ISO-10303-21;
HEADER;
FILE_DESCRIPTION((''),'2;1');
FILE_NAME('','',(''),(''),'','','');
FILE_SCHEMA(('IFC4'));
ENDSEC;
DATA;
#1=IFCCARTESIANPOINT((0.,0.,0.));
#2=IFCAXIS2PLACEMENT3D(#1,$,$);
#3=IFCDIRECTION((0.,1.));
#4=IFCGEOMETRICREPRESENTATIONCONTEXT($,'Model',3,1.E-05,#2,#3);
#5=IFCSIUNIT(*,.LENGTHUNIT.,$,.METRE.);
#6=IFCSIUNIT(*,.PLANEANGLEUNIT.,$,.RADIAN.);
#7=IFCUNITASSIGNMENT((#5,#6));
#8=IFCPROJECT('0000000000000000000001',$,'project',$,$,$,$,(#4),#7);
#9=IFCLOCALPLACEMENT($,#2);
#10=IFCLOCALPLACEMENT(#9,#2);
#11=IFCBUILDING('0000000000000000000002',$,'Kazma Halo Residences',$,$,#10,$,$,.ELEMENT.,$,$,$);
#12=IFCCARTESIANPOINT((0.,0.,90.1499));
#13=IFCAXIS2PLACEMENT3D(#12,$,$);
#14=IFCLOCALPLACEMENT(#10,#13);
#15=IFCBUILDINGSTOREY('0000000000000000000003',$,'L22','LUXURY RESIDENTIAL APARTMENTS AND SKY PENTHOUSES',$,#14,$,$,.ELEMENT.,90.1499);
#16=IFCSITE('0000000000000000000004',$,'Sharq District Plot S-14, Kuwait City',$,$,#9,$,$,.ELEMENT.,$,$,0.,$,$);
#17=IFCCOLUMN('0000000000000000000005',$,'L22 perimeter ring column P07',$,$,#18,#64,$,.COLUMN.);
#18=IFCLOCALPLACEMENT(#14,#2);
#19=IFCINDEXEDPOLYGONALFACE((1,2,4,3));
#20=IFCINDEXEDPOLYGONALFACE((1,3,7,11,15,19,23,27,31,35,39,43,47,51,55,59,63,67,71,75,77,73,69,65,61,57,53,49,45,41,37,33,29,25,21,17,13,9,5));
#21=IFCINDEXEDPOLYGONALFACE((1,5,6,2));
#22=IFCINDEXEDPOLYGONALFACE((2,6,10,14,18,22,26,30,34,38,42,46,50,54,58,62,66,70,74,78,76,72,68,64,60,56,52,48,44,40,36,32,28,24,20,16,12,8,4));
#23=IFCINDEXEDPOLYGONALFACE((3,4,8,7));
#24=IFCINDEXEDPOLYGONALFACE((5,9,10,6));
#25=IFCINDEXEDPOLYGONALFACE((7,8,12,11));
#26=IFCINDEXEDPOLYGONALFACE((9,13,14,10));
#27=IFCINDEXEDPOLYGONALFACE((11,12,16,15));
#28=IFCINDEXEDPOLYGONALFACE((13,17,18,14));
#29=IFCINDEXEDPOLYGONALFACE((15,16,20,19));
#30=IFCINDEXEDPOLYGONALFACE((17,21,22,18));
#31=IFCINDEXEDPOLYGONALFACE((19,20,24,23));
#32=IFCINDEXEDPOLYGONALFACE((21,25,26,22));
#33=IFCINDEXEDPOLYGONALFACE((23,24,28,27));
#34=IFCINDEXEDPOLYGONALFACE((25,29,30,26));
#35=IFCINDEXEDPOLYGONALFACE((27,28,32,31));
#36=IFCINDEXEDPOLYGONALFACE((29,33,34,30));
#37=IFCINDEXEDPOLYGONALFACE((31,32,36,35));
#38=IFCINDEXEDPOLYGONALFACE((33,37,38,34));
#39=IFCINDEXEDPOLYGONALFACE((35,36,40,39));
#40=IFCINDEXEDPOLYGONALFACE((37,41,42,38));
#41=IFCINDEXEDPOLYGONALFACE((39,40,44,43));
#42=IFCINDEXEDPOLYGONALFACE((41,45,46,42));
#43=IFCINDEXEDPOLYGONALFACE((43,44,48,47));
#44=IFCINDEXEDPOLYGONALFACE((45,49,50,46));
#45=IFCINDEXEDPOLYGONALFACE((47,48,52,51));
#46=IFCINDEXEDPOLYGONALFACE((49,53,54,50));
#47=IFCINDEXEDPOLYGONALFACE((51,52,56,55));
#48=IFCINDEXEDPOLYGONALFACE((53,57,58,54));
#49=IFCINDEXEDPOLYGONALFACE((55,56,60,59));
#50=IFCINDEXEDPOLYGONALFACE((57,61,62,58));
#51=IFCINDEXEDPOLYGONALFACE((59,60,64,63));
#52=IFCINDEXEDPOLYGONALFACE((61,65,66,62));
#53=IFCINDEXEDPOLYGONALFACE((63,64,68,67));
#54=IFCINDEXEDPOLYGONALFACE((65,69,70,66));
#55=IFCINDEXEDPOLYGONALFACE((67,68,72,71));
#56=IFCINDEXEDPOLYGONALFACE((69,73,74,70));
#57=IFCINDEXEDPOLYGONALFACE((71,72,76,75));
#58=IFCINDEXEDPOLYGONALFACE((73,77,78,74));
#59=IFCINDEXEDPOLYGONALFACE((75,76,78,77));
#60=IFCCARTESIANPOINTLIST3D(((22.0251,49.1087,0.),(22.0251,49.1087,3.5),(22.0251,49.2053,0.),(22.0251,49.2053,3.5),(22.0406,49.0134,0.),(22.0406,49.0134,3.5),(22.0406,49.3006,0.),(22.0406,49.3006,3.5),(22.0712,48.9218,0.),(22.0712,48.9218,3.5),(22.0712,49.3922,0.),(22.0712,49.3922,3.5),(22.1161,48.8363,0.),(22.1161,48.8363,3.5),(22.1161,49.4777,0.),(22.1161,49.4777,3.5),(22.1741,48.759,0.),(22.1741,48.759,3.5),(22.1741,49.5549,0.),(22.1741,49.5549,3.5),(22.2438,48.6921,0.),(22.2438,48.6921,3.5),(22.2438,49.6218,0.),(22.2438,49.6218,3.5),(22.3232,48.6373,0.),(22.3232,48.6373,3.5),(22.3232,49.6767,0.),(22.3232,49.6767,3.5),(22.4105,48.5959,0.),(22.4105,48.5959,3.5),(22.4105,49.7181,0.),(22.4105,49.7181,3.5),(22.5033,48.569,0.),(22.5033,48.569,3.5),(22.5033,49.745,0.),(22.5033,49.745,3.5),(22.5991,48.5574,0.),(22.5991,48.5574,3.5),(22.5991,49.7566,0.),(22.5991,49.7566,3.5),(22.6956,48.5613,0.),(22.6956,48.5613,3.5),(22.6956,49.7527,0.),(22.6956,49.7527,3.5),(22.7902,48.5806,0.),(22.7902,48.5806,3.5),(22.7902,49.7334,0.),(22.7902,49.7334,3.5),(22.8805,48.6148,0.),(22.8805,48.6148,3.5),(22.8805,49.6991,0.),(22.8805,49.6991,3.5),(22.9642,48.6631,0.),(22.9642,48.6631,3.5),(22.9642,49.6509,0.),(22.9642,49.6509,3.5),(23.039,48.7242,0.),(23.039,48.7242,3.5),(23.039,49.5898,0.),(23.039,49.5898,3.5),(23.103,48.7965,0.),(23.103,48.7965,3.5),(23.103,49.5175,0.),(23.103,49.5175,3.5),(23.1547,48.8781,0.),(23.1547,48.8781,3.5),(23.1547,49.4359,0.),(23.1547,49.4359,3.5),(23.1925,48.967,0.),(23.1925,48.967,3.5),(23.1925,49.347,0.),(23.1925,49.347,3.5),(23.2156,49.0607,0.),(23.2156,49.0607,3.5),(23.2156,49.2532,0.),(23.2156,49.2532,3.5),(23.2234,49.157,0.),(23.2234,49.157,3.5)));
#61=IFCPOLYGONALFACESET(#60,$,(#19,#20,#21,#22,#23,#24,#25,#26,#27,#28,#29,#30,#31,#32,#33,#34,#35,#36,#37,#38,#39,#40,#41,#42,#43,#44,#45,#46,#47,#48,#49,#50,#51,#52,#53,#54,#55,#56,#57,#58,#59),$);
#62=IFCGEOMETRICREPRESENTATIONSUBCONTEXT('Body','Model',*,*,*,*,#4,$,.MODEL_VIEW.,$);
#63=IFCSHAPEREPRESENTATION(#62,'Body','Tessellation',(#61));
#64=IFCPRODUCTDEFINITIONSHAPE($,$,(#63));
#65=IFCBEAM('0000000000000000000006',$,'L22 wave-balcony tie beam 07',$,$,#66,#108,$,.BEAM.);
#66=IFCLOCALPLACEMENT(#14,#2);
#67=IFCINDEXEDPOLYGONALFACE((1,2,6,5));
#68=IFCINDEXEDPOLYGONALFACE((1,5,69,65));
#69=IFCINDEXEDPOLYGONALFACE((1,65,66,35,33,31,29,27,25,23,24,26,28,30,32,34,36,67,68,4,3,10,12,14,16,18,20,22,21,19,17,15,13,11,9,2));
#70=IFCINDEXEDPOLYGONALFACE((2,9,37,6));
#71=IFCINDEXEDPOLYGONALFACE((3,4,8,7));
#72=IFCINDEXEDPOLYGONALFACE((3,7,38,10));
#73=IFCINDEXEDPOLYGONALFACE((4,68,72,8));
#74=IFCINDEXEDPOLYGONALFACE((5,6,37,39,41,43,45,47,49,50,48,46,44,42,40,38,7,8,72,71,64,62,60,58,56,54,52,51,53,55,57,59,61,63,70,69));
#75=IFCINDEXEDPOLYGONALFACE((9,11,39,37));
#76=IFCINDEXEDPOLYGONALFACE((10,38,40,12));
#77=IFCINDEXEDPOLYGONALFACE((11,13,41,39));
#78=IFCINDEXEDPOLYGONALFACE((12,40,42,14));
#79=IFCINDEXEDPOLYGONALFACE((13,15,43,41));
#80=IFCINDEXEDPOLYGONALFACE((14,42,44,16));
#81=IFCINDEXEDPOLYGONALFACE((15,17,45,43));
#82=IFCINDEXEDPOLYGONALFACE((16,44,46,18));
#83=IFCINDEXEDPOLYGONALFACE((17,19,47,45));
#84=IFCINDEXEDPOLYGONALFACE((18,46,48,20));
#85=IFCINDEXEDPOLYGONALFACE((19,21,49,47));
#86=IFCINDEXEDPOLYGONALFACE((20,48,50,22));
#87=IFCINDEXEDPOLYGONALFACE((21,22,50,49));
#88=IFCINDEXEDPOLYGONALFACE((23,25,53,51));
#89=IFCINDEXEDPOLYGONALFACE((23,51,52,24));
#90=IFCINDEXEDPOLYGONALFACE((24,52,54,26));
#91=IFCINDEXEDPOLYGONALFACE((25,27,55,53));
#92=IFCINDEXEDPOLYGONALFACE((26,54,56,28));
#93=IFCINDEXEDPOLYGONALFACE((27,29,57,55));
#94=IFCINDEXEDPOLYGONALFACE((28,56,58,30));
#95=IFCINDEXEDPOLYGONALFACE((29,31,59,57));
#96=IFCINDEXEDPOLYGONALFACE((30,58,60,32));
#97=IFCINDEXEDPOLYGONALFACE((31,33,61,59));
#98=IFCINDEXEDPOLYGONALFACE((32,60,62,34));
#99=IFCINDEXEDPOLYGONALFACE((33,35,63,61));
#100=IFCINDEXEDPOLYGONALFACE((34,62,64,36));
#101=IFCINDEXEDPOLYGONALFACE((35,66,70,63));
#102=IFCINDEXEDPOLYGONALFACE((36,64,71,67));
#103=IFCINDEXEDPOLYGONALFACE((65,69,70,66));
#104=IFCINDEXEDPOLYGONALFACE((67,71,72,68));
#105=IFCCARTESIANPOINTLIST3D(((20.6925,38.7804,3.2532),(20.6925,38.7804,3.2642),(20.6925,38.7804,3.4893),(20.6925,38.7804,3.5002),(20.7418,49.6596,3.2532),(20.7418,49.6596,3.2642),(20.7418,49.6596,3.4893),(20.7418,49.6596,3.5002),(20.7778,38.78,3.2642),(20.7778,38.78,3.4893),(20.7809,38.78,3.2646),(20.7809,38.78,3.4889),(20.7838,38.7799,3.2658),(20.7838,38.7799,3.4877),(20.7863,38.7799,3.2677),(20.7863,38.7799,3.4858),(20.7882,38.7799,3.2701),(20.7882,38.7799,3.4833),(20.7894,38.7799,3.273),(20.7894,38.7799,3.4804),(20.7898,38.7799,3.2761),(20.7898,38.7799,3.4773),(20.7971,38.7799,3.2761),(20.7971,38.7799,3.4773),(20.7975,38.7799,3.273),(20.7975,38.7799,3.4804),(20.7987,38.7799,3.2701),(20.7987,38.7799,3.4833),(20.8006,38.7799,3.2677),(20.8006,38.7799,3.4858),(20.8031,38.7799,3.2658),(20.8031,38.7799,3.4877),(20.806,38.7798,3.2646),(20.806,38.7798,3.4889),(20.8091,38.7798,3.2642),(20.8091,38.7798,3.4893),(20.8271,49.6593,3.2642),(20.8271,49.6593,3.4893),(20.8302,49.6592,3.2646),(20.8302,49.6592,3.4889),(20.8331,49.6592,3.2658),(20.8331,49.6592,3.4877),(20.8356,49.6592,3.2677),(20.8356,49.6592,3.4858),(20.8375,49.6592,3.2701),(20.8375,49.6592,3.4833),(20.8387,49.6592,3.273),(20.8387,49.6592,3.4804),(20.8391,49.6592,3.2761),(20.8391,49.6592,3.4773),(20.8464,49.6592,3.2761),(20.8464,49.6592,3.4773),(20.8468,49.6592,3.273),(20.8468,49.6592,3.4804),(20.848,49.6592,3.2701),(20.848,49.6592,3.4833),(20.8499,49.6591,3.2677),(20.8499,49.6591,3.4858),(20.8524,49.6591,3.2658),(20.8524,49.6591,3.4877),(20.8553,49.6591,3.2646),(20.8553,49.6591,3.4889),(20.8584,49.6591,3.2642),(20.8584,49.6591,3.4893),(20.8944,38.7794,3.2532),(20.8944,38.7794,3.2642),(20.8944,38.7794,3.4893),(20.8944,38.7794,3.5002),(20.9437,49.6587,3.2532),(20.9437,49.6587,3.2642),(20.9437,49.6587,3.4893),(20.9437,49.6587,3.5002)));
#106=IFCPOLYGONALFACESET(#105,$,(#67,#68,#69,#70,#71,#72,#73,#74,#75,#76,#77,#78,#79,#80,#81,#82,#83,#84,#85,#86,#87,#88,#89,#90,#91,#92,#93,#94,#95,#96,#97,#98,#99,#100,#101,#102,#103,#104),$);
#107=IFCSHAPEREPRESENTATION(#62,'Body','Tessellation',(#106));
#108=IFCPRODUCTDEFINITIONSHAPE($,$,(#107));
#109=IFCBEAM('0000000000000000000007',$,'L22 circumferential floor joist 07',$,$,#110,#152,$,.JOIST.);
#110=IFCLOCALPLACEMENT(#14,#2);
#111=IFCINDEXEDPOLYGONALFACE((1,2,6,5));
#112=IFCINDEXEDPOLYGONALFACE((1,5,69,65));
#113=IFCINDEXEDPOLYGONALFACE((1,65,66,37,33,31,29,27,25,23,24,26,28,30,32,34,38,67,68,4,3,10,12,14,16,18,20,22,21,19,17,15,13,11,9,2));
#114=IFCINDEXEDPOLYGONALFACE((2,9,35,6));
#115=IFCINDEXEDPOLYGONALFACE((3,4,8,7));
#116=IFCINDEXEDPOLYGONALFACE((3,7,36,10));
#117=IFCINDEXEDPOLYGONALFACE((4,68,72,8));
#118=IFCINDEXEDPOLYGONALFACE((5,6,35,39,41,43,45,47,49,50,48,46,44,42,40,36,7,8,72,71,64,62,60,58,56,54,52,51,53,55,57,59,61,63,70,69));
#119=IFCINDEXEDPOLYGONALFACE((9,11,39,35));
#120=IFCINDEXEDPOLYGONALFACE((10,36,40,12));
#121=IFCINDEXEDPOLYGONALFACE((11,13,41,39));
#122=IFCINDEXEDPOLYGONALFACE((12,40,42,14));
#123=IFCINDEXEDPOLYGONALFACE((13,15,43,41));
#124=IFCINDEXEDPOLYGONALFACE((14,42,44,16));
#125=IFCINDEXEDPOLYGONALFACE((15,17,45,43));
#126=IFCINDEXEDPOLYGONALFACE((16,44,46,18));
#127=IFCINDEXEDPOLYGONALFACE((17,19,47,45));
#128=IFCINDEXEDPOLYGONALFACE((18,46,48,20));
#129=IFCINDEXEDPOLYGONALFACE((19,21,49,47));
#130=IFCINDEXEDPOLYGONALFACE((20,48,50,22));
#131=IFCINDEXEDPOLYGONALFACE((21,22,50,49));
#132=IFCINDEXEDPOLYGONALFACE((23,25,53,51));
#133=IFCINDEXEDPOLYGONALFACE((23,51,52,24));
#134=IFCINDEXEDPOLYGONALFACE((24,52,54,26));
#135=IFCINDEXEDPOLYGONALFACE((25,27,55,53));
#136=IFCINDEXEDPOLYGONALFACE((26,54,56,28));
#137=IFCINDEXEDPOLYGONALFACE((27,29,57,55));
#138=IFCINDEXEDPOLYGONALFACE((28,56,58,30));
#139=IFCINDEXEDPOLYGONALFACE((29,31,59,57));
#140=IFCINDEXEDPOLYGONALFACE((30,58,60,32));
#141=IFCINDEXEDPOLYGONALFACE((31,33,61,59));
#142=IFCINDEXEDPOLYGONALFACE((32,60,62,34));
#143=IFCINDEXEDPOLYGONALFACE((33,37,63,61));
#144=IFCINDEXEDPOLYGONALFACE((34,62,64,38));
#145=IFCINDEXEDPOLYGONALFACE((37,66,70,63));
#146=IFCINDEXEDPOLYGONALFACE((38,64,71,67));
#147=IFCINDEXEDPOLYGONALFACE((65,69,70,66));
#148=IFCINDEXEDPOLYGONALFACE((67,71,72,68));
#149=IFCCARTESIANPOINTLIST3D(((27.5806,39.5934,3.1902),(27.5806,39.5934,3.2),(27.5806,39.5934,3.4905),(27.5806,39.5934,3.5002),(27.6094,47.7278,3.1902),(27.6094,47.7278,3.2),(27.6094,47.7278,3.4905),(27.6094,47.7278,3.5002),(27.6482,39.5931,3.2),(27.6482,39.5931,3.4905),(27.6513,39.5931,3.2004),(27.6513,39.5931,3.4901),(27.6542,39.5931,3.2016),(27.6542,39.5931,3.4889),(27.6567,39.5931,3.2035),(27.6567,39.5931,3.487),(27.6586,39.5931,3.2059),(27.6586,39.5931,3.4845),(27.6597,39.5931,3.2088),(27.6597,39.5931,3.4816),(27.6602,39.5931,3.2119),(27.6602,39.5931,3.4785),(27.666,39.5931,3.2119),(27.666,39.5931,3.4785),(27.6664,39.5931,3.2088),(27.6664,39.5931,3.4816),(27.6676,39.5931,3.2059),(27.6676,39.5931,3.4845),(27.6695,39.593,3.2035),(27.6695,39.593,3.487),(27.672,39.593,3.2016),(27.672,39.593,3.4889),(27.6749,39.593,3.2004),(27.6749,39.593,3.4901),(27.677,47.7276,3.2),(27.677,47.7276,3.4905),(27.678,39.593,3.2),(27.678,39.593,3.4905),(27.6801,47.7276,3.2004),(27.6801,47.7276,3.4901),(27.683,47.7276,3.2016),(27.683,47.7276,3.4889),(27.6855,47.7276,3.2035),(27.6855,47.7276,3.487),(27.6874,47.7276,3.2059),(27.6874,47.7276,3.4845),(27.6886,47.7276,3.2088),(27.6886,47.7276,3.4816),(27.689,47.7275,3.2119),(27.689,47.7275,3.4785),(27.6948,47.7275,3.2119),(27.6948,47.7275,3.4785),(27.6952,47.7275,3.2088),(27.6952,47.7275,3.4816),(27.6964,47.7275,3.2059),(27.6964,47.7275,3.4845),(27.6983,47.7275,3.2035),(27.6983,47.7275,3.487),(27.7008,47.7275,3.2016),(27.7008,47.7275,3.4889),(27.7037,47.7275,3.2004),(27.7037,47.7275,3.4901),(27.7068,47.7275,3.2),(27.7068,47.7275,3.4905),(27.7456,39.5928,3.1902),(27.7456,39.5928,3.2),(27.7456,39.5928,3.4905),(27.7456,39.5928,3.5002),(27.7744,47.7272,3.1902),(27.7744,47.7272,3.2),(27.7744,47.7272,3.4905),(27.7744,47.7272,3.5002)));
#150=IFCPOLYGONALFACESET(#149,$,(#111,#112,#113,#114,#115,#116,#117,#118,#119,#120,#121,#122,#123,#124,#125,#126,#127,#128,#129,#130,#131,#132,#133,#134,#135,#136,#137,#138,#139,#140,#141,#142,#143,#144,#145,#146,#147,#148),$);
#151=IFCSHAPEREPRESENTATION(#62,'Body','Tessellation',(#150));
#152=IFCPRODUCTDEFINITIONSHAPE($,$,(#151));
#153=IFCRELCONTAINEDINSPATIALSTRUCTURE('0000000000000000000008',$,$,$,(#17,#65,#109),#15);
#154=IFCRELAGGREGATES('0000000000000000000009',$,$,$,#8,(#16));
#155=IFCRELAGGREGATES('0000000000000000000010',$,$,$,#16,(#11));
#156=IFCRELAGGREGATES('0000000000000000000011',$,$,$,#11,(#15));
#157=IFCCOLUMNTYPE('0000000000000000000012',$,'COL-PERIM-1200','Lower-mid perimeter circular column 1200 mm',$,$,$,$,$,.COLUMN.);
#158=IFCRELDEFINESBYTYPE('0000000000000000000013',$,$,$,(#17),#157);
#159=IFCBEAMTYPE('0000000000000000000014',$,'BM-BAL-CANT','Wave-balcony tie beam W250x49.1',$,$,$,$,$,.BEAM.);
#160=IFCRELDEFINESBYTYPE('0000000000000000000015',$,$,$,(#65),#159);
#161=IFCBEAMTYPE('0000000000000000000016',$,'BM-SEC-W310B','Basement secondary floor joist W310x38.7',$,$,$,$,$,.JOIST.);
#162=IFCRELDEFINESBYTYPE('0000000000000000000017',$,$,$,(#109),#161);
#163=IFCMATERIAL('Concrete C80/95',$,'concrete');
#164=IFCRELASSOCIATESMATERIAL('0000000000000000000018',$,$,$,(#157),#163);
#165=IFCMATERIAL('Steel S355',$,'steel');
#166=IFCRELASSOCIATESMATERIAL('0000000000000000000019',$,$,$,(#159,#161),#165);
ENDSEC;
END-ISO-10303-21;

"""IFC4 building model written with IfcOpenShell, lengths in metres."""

from ifc_helpers import new_model, si_unit, direction, frame, origin, origin_2d, place, context, subcontext, project, spatial, circle, i_section, extrude, material, material_profile, profile_set, type_object, element, save


model = new_model("IFC4")

# Units and contexts
model_context = context("Model", 3, precision=1e-05, world=origin(), true_north=direction((0.0, 1.0)))
body_context = subcontext(model_context, "Body", "Model", "MODEL_VIEW")
ifc_project = project(units=[si_unit("LENGTHUNIT", "METRE"), si_unit("PLANEANGLEUNIT", "RADIAN")], contexts=[model_context])

# Site, building, storey
site_placement = place(None, origin())
site = spatial("IfcSite", under=ifc_project, at=site_placement, Name="Sharq District Plot S-14, Kuwait City", CompositionType="ELEMENT", RefElevation=0.0)
building_placement = place(site_placement, origin())
building = spatial("IfcBuilding", under=site, at=building_placement, Name="Kazma Halo Residences", CompositionType="ELEMENT")
storey_placement = place(building_placement, frame((0.0, 0.0, 90.1499)))
storey = spatial("IfcBuildingStorey", under=building, at=storey_placement, Name="L22", Description="LUXURY RESIDENTIAL APARTMENTS AND SKY PENTHOUSES", CompositionType="ELEMENT", Elevation=90.1499)

# Column
ifc_material_1 = material(Name="Concrete C80/95", Category="concrete")
ifc_material_profile_1 = material_profile(ifc_material_1, circle(Radius=0.6001, at=origin_2d()), Name="CIRC1200")
ifc_profile_set_1 = profile_set([ifc_material_profile_1], Name="Concrete C80/95")
column_type = type_object("IfcColumnType", Name="COL-PERIM-1200", Description="Lower-mid perimeter circular column 1200 mm", PredefinedType="COLUMN", material=ifc_profile_set_1)
column_placement = place(storey_placement, frame((22.6233, 49.157, 0.0), z_axis=(0.0, 0.0, 1.0), x_axis=(1.0, 0.0, 0.0)))
element("IfcColumn", 1, at=column_placement, inside=storey, type_object=column_type, Name="L22 perimeter ring column P07", PredefinedType="COLUMN", context=body_context, shape_type="SweptSolid", body=[
    extrude(circle(Radius=0.6001, at=origin_2d()), origin(), (0.0, 0.0, 1.0), 3.5),
])

# Beams
ifc_material_2 = material(Name="Steel S355", Category="steel")
ifc_material_profile_2 = material_profile(ifc_material_2, i_section(OverallWidth=0.2019, OverallDepth=0.2471, WebThickness=0.0073, FlangeThickness=0.011, FilletRadius=0.012, at=origin_2d()), Name="W250x49.1")
ifc_profile_set_2 = profile_set([ifc_material_profile_2], Name="Steel S355")
beam_type_1 = type_object("IfcBeamType", Name="BM-BAL-CANT", Description="Wave-balcony tie beam W250x49.1", PredefinedType="BEAM", material=ifc_profile_set_2)
beam_1_placement = place(storey_placement, frame((20.8428, 49.6592, 3.3767), z_axis=(-0.004533, -0.99999, 0.0), x_axis=(0.99999, -0.004533, 0.0)))
element("IfcBeam", 2, at=beam_1_placement, inside=storey, type_object=beam_type_1, Name="L22 wave-balcony tie beam 07", PredefinedType="BEAM", context=body_context, shape_type="SweptSolid", body=[
    extrude(i_section(OverallWidth=0.2019, OverallDepth=0.2471, WebThickness=0.0073, FlangeThickness=0.011, FilletRadius=0.012, at=origin_2d()), origin(), (0.0, 0.0, 1.0), 10.8794),
])
ifc_material_profile_3 = material_profile(ifc_material_2, i_section(OverallWidth=0.165, OverallDepth=0.3101, WebThickness=0.0059, FlangeThickness=0.0098, FilletRadius=0.012, at=origin_2d()), Name="W310x38.7")
ifc_profile_set_3 = profile_set([ifc_material_profile_3], Name="Steel S355")
beam_type_2 = type_object("IfcBeamType", Name="BM-SEC-W310B", Description="Basement secondary floor joist W310x38.7", PredefinedType="JOIST", material=ifc_profile_set_3)
beam_2_placement = place(storey_placement, frame((27.6919, 47.7275, 3.3452), z_axis=(-0.003542, -0.999994, 0.0), x_axis=(0.999994, -0.003542, 0.0)))
element("IfcBeam", 3, at=beam_2_placement, inside=storey, type_object=beam_type_2, Name="L22 circumferential floor joist 07", PredefinedType="JOIST", context=body_context, shape_type="SweptSolid", body=[
    extrude(i_section(OverallWidth=0.165, OverallDepth=0.3101, WebThickness=0.0059, FlangeThickness=0.0098, FilletRadius=0.012, at=origin_2d()), origin(), (0.0, 0.0, 1.0), 8.1345),
])

save(model, "model.ifc")
